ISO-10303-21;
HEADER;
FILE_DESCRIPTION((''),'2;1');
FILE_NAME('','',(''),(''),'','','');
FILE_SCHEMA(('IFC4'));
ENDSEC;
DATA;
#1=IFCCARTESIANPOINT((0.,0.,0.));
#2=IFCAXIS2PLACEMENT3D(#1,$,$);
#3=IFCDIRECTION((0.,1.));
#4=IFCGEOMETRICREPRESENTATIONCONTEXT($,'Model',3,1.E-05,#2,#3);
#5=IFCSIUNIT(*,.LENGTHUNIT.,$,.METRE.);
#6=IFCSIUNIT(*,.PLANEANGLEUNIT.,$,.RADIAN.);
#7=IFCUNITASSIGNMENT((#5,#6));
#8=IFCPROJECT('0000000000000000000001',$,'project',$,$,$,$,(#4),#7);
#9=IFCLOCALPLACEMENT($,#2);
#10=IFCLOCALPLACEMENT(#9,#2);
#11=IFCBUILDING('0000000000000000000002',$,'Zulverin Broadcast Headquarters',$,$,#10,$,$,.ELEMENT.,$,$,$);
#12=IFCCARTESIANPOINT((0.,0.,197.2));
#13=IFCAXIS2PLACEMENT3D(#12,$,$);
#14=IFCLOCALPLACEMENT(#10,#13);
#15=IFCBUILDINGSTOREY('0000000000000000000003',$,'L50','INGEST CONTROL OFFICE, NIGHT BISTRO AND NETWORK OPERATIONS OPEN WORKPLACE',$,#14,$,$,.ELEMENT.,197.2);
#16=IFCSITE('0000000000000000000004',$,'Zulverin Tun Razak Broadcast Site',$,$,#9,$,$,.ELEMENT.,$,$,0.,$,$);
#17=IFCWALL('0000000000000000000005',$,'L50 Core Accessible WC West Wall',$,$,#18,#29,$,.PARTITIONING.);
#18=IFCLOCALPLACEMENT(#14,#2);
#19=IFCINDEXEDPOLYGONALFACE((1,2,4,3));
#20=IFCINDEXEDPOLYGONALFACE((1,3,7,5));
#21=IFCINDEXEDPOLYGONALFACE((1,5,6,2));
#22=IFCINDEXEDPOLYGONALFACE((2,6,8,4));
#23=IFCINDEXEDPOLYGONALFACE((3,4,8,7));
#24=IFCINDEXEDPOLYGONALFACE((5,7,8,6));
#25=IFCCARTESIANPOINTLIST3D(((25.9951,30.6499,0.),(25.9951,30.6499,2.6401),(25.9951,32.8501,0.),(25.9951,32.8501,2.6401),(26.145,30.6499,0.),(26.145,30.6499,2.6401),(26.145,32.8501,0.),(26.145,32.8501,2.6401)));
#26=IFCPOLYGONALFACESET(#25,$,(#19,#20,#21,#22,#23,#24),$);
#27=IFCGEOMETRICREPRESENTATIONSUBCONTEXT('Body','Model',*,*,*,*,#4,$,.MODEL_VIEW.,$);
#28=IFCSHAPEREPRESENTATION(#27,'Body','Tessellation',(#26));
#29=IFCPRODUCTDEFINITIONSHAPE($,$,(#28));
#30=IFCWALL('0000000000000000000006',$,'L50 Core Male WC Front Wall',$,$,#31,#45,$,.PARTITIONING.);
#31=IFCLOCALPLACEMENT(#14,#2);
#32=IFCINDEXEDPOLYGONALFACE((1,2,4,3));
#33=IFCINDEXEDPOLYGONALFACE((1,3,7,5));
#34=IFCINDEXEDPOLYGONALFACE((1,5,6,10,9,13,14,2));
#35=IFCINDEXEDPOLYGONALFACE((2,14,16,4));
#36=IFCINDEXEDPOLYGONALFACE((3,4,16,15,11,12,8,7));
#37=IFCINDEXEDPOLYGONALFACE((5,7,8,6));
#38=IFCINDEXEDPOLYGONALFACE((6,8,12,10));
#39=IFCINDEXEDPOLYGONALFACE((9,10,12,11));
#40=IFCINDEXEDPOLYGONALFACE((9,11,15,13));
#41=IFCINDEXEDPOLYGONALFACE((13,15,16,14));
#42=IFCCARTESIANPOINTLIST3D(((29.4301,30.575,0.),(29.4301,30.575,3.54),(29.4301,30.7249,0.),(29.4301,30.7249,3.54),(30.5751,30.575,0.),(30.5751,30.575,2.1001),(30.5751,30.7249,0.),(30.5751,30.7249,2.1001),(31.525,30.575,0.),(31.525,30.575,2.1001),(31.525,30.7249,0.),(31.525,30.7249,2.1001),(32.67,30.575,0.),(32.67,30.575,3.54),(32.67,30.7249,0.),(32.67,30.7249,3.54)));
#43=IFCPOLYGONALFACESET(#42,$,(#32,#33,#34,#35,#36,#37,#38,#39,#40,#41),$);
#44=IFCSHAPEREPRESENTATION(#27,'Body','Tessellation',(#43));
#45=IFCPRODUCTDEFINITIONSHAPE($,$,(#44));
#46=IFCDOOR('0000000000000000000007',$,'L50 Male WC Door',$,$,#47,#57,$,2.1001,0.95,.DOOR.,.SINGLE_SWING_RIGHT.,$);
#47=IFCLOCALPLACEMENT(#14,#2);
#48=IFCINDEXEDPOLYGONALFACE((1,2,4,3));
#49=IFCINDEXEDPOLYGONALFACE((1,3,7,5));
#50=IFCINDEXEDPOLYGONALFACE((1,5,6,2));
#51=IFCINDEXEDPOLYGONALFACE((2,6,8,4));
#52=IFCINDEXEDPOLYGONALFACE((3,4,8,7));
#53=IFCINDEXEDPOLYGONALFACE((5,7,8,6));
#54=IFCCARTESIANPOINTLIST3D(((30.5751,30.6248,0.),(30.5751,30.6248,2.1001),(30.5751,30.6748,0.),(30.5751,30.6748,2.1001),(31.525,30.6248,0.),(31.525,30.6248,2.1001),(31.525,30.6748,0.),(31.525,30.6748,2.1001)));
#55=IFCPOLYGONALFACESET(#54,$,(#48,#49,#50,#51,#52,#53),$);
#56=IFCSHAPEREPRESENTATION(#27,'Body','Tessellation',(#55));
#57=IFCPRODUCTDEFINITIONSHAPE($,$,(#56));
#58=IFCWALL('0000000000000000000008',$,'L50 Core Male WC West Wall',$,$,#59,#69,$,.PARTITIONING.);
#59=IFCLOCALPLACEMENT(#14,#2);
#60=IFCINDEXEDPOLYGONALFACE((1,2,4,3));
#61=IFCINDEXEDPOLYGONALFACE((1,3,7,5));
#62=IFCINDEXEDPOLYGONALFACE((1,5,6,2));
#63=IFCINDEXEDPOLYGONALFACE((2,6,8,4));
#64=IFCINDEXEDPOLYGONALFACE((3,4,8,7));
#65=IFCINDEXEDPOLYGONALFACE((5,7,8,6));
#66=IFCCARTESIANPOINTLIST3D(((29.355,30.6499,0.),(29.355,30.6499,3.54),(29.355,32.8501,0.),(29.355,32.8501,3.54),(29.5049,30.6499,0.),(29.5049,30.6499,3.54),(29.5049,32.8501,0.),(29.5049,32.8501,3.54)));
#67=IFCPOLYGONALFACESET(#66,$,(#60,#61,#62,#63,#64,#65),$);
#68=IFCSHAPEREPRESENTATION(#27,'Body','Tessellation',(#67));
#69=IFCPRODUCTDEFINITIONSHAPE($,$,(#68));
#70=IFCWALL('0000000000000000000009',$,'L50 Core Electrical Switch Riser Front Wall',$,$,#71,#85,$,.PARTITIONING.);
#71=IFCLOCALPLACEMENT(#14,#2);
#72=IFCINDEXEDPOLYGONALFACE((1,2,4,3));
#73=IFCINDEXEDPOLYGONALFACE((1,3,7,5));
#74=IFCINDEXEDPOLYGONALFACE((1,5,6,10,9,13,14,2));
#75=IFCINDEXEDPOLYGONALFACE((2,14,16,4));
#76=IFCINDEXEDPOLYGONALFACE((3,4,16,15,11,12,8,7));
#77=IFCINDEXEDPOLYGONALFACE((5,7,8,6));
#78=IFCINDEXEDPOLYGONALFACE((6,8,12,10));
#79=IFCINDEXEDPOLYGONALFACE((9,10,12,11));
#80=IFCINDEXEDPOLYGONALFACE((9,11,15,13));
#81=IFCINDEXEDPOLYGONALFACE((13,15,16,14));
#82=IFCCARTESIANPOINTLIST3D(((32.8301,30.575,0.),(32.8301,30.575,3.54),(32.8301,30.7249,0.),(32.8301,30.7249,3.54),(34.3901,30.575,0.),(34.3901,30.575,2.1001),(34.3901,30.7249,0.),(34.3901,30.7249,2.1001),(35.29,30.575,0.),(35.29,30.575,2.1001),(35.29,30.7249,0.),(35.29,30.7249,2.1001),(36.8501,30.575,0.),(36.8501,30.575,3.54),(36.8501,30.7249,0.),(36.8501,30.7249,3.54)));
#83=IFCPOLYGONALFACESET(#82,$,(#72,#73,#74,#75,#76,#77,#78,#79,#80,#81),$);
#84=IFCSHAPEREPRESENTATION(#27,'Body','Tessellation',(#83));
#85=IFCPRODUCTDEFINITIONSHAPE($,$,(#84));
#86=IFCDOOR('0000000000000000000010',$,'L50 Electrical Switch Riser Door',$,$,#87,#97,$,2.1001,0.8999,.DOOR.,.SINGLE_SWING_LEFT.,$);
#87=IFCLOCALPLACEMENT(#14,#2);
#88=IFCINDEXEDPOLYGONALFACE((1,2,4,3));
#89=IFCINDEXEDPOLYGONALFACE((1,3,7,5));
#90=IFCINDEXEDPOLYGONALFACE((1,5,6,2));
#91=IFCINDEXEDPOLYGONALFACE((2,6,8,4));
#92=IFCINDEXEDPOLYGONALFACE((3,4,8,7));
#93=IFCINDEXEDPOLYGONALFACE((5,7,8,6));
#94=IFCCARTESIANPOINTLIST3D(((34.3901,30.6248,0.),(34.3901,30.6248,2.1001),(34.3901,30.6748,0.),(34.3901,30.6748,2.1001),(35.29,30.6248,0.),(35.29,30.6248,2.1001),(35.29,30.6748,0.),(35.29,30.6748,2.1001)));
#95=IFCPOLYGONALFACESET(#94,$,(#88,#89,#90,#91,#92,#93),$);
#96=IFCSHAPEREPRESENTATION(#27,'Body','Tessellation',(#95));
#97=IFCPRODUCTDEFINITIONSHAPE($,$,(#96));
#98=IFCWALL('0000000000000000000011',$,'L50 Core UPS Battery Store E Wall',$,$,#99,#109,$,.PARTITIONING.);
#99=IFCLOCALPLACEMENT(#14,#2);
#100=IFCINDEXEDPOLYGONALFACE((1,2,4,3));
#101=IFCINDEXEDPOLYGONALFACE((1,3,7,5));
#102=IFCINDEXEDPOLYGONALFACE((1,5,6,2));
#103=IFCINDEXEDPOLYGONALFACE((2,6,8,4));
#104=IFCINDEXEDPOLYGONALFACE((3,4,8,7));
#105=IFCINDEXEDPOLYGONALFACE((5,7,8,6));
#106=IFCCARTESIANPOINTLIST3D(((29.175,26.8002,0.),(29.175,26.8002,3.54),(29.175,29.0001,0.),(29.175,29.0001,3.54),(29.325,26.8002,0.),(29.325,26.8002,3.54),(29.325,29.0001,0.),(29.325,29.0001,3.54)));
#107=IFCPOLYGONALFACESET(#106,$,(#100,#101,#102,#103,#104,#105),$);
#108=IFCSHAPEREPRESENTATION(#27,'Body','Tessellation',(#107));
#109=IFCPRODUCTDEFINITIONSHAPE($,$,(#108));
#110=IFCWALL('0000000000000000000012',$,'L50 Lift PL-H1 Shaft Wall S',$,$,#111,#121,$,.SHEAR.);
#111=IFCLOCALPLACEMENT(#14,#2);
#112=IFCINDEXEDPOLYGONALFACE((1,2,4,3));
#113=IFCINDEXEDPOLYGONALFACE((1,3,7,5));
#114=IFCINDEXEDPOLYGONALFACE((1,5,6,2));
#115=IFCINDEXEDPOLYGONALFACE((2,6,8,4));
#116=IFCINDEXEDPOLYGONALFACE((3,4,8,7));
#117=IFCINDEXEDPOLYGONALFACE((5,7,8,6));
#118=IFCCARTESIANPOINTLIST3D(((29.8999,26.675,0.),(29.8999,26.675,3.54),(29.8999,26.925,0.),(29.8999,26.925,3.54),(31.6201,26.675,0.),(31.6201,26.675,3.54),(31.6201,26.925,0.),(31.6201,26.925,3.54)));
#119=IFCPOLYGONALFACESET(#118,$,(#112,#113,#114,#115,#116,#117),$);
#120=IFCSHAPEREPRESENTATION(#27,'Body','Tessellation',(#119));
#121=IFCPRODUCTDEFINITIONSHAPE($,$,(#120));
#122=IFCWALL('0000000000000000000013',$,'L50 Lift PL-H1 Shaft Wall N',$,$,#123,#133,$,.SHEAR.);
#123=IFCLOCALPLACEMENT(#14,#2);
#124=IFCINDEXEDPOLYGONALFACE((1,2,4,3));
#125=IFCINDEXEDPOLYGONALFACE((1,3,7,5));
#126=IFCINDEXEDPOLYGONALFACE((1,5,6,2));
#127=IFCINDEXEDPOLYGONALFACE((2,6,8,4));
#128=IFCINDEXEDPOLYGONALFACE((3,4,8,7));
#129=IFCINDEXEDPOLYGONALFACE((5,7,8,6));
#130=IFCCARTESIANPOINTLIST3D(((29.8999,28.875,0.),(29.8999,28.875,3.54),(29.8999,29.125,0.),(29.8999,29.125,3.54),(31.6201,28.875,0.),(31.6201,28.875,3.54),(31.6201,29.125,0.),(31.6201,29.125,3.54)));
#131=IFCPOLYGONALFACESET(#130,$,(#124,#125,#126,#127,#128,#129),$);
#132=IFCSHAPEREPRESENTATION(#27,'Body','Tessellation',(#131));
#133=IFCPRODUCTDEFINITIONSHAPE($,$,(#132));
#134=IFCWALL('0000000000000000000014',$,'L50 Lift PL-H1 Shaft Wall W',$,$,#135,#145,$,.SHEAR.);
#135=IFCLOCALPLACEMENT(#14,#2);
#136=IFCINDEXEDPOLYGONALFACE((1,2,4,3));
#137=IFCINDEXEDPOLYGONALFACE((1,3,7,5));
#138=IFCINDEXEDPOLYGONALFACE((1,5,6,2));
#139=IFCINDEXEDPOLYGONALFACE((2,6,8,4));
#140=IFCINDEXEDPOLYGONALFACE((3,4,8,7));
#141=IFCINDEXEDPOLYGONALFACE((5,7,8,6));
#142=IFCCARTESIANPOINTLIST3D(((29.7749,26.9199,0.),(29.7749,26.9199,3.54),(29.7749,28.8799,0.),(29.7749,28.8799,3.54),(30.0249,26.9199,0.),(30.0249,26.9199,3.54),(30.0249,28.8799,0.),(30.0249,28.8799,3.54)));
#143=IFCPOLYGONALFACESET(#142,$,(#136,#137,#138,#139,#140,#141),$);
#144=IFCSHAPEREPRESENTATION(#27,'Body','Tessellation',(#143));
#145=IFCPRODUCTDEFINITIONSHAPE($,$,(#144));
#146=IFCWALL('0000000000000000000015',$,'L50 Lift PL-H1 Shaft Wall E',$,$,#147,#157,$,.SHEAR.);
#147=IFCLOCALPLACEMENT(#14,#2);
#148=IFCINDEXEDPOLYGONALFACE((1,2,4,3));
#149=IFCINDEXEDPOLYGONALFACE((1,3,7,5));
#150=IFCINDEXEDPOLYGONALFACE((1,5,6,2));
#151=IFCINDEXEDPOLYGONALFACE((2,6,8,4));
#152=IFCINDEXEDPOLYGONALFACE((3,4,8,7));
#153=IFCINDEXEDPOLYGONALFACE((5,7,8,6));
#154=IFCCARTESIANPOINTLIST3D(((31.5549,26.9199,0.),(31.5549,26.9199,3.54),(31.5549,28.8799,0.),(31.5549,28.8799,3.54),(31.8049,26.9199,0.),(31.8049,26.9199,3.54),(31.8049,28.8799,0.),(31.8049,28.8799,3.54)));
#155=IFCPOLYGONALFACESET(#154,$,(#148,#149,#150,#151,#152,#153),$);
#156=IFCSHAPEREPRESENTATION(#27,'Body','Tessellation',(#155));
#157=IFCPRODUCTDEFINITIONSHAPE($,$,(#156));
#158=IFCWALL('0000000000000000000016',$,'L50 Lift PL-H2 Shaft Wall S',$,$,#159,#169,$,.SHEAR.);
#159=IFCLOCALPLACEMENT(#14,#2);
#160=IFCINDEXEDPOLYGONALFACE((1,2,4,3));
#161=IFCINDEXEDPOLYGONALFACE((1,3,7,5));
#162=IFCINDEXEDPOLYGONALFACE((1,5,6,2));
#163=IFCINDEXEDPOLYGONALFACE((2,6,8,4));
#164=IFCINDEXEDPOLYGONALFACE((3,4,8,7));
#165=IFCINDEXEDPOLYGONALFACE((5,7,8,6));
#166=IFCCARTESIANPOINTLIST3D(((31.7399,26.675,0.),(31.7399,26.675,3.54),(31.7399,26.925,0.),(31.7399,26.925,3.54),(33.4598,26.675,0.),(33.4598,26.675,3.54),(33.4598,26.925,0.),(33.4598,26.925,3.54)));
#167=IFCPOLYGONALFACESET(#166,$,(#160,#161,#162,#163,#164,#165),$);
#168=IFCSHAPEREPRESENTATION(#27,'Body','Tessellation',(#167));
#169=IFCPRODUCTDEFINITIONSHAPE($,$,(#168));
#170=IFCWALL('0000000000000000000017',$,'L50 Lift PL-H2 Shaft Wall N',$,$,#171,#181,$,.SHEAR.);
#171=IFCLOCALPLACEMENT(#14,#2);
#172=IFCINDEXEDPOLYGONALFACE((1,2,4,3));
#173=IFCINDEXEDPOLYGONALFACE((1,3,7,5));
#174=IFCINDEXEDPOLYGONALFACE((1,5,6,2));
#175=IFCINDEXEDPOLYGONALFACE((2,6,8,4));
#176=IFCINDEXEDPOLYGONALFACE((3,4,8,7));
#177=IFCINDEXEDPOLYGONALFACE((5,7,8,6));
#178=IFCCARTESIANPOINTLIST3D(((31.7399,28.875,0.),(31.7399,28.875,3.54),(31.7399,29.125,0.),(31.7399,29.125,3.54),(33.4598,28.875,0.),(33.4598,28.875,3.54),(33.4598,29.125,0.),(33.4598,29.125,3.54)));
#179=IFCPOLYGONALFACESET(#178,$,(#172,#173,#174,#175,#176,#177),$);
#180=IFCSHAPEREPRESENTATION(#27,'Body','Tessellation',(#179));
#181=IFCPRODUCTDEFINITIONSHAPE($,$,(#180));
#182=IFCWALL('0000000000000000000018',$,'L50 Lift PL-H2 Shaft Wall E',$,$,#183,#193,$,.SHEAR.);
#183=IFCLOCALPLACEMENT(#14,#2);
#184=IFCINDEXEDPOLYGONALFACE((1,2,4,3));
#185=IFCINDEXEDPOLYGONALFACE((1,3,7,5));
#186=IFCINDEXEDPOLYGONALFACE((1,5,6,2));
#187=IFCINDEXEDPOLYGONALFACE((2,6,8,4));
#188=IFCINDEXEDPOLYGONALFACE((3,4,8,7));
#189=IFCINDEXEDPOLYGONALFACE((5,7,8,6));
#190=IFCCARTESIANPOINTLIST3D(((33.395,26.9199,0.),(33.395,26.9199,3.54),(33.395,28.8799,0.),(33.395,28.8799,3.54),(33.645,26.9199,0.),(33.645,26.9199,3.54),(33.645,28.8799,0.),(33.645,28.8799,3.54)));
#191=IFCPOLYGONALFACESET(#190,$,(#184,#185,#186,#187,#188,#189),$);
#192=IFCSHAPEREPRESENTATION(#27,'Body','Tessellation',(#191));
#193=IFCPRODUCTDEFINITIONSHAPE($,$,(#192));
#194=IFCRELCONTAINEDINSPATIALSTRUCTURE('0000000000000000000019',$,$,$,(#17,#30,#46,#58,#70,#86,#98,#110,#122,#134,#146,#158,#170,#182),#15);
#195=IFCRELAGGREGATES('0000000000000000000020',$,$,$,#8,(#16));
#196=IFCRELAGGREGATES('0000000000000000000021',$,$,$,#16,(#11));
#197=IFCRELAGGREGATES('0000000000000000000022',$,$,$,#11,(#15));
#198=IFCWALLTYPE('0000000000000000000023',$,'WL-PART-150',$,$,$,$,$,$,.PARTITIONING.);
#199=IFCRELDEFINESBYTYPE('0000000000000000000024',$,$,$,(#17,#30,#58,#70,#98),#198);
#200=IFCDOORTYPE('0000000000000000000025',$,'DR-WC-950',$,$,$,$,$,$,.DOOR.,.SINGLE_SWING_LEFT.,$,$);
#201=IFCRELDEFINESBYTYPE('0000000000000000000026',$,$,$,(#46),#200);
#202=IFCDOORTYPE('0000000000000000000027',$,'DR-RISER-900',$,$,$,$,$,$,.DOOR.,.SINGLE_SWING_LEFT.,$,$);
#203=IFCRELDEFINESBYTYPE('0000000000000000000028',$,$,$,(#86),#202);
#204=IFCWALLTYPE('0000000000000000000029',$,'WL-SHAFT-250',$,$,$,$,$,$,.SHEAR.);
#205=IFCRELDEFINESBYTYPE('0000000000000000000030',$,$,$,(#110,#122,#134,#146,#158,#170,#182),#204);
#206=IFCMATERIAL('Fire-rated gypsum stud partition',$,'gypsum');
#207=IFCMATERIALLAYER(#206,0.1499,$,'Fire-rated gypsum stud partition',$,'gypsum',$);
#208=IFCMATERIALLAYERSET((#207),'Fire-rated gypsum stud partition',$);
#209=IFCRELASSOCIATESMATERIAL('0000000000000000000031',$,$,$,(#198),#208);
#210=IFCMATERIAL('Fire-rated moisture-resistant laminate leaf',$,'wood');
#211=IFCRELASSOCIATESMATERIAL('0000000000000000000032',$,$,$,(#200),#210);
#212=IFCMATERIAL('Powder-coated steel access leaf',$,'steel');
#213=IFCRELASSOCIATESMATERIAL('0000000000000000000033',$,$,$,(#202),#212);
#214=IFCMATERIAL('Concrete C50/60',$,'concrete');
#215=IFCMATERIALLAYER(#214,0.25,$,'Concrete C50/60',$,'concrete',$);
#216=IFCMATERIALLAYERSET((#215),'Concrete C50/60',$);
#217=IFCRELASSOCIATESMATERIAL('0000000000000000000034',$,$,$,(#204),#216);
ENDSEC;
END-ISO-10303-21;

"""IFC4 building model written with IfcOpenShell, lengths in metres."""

from ifc_helpers import new_model, si_unit, direction, frame, frame_2d, origin, place, context, subcontext, project, spatial, rectangle, extrude, material, layer, layer_set, type_object, element, fill, save


model = new_model("IFC4")

# Units and contexts
model_context = context("Model", 3, precision=1e-05, world=origin(), true_north=direction((0.0, 1.0)))
body_context = subcontext(model_context, "Body", "Model", "MODEL_VIEW")
ifc_project = project(units=[si_unit("LENGTHUNIT", "METRE"), si_unit("PLANEANGLEUNIT", "RADIAN")], contexts=[model_context])

# Site, building, storey
site_placement = place(None, origin())
site = spatial("IfcSite", under=ifc_project, at=site_placement, Name="Zulverin Tun Razak Broadcast Site", CompositionType="ELEMENT", RefElevation=0.0)
building_placement = place(site_placement, origin())
building = spatial("IfcBuilding", under=site, at=building_placement, Name="Zulverin Broadcast Headquarters", CompositionType="ELEMENT")
storey_placement = place(building_placement, frame((0.0, 0.0, 197.2)))
storey = spatial("IfcBuildingStorey", under=building, at=storey_placement, Name="L50", Description="INGEST CONTROL OFFICE, NIGHT BISTRO AND NETWORK OPERATIONS OPEN WORKPLACE", CompositionType="ELEMENT", Elevation=197.2)

# Wall
ifc_material_1 = material(Name="Fire-rated gypsum stud partition", Category="gypsum")
ifc_layer_1 = layer(ifc_material_1, 0.1499, Name="Fire-rated gypsum stud partition", Category="gypsum")
ifc_layer_set_1 = layer_set([ifc_layer_1], Name="Fire-rated gypsum stud partition")
wall_type_1 = type_object("IfcWallType", Name="WL-PART-150", PredefinedType="PARTITIONING", material=ifc_layer_set_1)
wall_1_placement = place(storey_placement, frame((26.0701, 30.6499, 0.0), z_axis=(0.0, 0.0, 1.0), x_axis=(0.0, 1.0, 0.0)))
element("IfcWall", 1, at=wall_1_placement, inside=storey, type_object=wall_type_1, Name="L50 Core Accessible WC West Wall", PredefinedType="PARTITIONING", context=body_context, shape_type="SweptSolid", body=[
    extrude(rectangle(XDim=2.2002, YDim=0.1499, at=frame_2d((1.1001, 0.0))), origin(), (0.0, 0.0, 1.0), 2.6401),
])

# Wall, opening, door
wall_2_placement = place(storey_placement, frame((29.4299, 30.6499, 0.0), z_axis=(0.0, 0.0, 1.0), x_axis=(1.0, 0.0, 0.0)))
wall_2 = element("IfcWall", 2, at=wall_2_placement, inside=storey, type_object=wall_type_1, Name="L50 Core Male WC Front Wall", PredefinedType="PARTITIONING", context=body_context, shape_type="SweptSolid", body=[
    extrude(rectangle(XDim=3.24, YDim=0.1499, at=frame_2d((1.6201, 0.0))), origin(), (0.0, 0.0, 1.0), 3.54),
])
opening_1_placement = place(wall_2_placement, frame((1.145, 0.0, 0.0)))
opening_1 = element("IfcOpeningElement", 3, at=opening_1_placement, cuts=wall_2, PredefinedType="OPENING", context=body_context, shape_type="SweptSolid", body=[
    extrude(rectangle(XDim=0.95, YDim=2.1001, at=frame_2d((0.4751, 1.05))), frame((0.0, 0.085, 0.0), z_axis=(0.0, -1.0, 0.0), x_axis=(1.0, 0.0, 0.0)), (0.0, 0.0, 1.0), 0.1699),
])
ifc_material_2 = material(Name="Fire-rated moisture-resistant laminate leaf", Category="wood")
door_type_1 = type_object("IfcDoorType", Name="DR-WC-950", OperationType="SINGLE_SWING_LEFT", PredefinedType="DOOR", material=ifc_material_2)
door_1_placement = place(opening_1_placement, origin())
door_1 = element("IfcDoor", 4, at=door_1_placement, inside=storey, type_object=door_type_1, Name="L50 Male WC Door", OperationType="SINGLE_SWING_RIGHT", OverallHeight=2.1001, OverallWidth=0.95, PredefinedType="DOOR", context=body_context, shape_type="SweptSolid", body=[
    extrude(rectangle(XDim=0.95, YDim=2.1001, at=frame_2d((0.4751, 1.05))), frame((0.0, 0.0249, 0.0), z_axis=(0.0, -1.0, 0.0), x_axis=(1.0, 0.0, 0.0)), (0.0, 0.0, 1.0), 0.05),
])
fill(opening_1, door_1)

# Wall
wall_3_placement = place(storey_placement, frame((29.4299, 30.6499, 0.0), z_axis=(0.0, 0.0, 1.0), x_axis=(0.0, 1.0, 0.0)))
element("IfcWall", 5, at=wall_3_placement, inside=storey, type_object=wall_type_1, Name="L50 Core Male WC West Wall", PredefinedType="PARTITIONING", context=body_context, shape_type="SweptSolid", body=[
    extrude(rectangle(XDim=2.2002, YDim=0.1499, at=frame_2d((1.1001, 0.0))), origin(), (0.0, 0.0, 1.0), 3.54),
])

# Wall, opening, door
wall_4_placement = place(storey_placement, frame((32.8301, 30.6499, 0.0), z_axis=(0.0, 0.0, 1.0), x_axis=(1.0, 0.0, 0.0)))
wall_4 = element("IfcWall", 6, at=wall_4_placement, inside=storey, type_object=wall_type_1, Name="L50 Core Electrical Switch Riser Front Wall", PredefinedType="PARTITIONING", context=body_context, shape_type="SweptSolid", body=[
    extrude(rectangle(XDim=4.02, YDim=0.1499, at=frame_2d((2.01, 0.0))), origin(), (0.0, 0.0, 1.0), 3.54),
])
opening_2_placement = place(wall_4_placement, frame((1.5601, 0.0, 0.0)))
opening_2 = element("IfcOpeningElement", 7, at=opening_2_placement, cuts=wall_4, PredefinedType="OPENING", context=body_context, shape_type="SweptSolid", body=[
    extrude(rectangle(XDim=0.8999, YDim=2.1001, at=frame_2d((0.45, 1.05))), frame((0.0, 0.085, 0.0), z_axis=(0.0, -1.0, 0.0), x_axis=(1.0, 0.0, 0.0)), (0.0, 0.0, 1.0), 0.1699),
])
ifc_material_3 = material(Name="Powder-coated steel access leaf", Category="steel")
door_type_2 = type_object("IfcDoorType", Name="DR-RISER-900", OperationType="SINGLE_SWING_LEFT", PredefinedType="DOOR", material=ifc_material_3)
door_2_placement = place(opening_2_placement, origin())
door_2 = element("IfcDoor", 8, at=door_2_placement, inside=storey, type_object=door_type_2, Name="L50 Electrical Switch Riser Door", OperationType="SINGLE_SWING_LEFT", OverallHeight=2.1001, OverallWidth=0.8999, PredefinedType="DOOR", context=body_context, shape_type="SweptSolid", body=[
    extrude(rectangle(XDim=0.8999, YDim=2.1001, at=frame_2d((0.45, 1.05))), frame((0.0, 0.0249, 0.0), z_axis=(0.0, -1.0, 0.0), x_axis=(1.0, 0.0, 0.0)), (0.0, 0.0, 1.0), 0.05),
])
fill(opening_2, door_2)

# Walls
wall_5_placement = place(storey_placement, frame((29.25, 26.8, 0.0), z_axis=(0.0, 0.0, 1.0), x_axis=(0.0, 1.0, 0.0)))
element("IfcWall", 9, at=wall_5_placement, inside=storey, type_object=wall_type_1, Name="L50 Core UPS Battery Store E Wall", PredefinedType="PARTITIONING", context=body_context, shape_type="SweptSolid", body=[
    extrude(rectangle(XDim=2.2, YDim=0.1499, at=frame_2d((1.1001, 0.0))), origin(), (0.0, 0.0, 1.0), 3.54),
])
ifc_material_4 = material(Name="Concrete C50/60", Category="concrete")
ifc_layer_2 = layer(ifc_material_4, 0.25, Name="Concrete C50/60", Category="concrete")
ifc_layer_set_2 = layer_set([ifc_layer_2], Name="Concrete C50/60")
wall_type_2 = type_object("IfcWallType", Name="WL-SHAFT-250", PredefinedType="SHEAR", material=ifc_layer_set_2)
for number, where, z_axis, x_axis, name in (
    (10, (29.8999, 26.8, 0.0), (0.0, 0.0, 1.0), (1.0, 0.0, 0.0), "L50 Lift PL-H1 Shaft Wall S"),
    (11, (29.8999, 29.0, 0.0), (0.0, 0.0, 1.0), (1.0, 0.0, 0.0), "L50 Lift PL-H1 Shaft Wall N"),
):
    element("IfcWall", number, at=place(storey_placement, frame(where, z_axis=z_axis, x_axis=x_axis)), inside=storey, type_object=wall_type_2, Name=name, PredefinedType="SHEAR", context=body_context, shape_type="SweptSolid", body=[
        extrude(rectangle(XDim=1.7202, YDim=0.25, at=frame_2d((0.8601, 0.0))), origin(), (0.0, 0.0, 1.0), 3.54),
    ])
for number, where, z_axis, x_axis, name in (
    (12, (29.8999, 26.9199, 0.0), (0.0, 0.0, 1.0), (0.0, 1.0, 0.0), "L50 Lift PL-H1 Shaft Wall W"),
    (13, (31.6799, 26.9199, 0.0), (0.0, 0.0, 1.0), (0.0, 1.0, 0.0), "L50 Lift PL-H1 Shaft Wall E"),
):
    element("IfcWall", number, at=place(storey_placement, frame(where, z_axis=z_axis, x_axis=x_axis)), inside=storey, type_object=wall_type_2, Name=name, PredefinedType="SHEAR", context=body_context, shape_type="SweptSolid", body=[
        extrude(rectangle(XDim=1.96, YDim=0.25, at=frame_2d((0.98, 0.0))), origin(), (0.0, 0.0, 1.0), 3.54),
    ])
for number, where, z_axis, x_axis, name in (
    (14, (31.74, 26.8, 0.0), (0.0, 0.0, 1.0), (1.0, 0.0, 0.0), "L50 Lift PL-H2 Shaft Wall S"),
    (15, (31.74, 29.0, 0.0), (0.0, 0.0, 1.0), (1.0, 0.0, 0.0), "L50 Lift PL-H2 Shaft Wall N"),
):
    element("IfcWall", number, at=place(storey_placement, frame(where, z_axis=z_axis, x_axis=x_axis)), inside=storey, type_object=wall_type_2, Name=name, PredefinedType="SHEAR", context=body_context, shape_type="SweptSolid", body=[
        extrude(rectangle(XDim=1.72, YDim=0.25, at=frame_2d((0.8599, 0.0))), origin(), (0.0, 0.0, 1.0), 3.54),
    ])
wall_6_placement = place(storey_placement, frame((33.52, 26.9199, 0.0), z_axis=(0.0, 0.0, 1.0), x_axis=(0.0, 1.0, 0.0)))
element("IfcWall", 16, at=wall_6_placement, inside=storey, type_object=wall_type_2, Name="L50 Lift PL-H2 Shaft Wall E", PredefinedType="SHEAR", context=body_context, shape_type="SweptSolid", body=[
    extrude(rectangle(XDim=1.96, YDim=0.25, at=frame_2d((0.98, 0.0))), origin(), (0.0, 0.0, 1.0), 3.54),
])

save(model, "model.ifc")
